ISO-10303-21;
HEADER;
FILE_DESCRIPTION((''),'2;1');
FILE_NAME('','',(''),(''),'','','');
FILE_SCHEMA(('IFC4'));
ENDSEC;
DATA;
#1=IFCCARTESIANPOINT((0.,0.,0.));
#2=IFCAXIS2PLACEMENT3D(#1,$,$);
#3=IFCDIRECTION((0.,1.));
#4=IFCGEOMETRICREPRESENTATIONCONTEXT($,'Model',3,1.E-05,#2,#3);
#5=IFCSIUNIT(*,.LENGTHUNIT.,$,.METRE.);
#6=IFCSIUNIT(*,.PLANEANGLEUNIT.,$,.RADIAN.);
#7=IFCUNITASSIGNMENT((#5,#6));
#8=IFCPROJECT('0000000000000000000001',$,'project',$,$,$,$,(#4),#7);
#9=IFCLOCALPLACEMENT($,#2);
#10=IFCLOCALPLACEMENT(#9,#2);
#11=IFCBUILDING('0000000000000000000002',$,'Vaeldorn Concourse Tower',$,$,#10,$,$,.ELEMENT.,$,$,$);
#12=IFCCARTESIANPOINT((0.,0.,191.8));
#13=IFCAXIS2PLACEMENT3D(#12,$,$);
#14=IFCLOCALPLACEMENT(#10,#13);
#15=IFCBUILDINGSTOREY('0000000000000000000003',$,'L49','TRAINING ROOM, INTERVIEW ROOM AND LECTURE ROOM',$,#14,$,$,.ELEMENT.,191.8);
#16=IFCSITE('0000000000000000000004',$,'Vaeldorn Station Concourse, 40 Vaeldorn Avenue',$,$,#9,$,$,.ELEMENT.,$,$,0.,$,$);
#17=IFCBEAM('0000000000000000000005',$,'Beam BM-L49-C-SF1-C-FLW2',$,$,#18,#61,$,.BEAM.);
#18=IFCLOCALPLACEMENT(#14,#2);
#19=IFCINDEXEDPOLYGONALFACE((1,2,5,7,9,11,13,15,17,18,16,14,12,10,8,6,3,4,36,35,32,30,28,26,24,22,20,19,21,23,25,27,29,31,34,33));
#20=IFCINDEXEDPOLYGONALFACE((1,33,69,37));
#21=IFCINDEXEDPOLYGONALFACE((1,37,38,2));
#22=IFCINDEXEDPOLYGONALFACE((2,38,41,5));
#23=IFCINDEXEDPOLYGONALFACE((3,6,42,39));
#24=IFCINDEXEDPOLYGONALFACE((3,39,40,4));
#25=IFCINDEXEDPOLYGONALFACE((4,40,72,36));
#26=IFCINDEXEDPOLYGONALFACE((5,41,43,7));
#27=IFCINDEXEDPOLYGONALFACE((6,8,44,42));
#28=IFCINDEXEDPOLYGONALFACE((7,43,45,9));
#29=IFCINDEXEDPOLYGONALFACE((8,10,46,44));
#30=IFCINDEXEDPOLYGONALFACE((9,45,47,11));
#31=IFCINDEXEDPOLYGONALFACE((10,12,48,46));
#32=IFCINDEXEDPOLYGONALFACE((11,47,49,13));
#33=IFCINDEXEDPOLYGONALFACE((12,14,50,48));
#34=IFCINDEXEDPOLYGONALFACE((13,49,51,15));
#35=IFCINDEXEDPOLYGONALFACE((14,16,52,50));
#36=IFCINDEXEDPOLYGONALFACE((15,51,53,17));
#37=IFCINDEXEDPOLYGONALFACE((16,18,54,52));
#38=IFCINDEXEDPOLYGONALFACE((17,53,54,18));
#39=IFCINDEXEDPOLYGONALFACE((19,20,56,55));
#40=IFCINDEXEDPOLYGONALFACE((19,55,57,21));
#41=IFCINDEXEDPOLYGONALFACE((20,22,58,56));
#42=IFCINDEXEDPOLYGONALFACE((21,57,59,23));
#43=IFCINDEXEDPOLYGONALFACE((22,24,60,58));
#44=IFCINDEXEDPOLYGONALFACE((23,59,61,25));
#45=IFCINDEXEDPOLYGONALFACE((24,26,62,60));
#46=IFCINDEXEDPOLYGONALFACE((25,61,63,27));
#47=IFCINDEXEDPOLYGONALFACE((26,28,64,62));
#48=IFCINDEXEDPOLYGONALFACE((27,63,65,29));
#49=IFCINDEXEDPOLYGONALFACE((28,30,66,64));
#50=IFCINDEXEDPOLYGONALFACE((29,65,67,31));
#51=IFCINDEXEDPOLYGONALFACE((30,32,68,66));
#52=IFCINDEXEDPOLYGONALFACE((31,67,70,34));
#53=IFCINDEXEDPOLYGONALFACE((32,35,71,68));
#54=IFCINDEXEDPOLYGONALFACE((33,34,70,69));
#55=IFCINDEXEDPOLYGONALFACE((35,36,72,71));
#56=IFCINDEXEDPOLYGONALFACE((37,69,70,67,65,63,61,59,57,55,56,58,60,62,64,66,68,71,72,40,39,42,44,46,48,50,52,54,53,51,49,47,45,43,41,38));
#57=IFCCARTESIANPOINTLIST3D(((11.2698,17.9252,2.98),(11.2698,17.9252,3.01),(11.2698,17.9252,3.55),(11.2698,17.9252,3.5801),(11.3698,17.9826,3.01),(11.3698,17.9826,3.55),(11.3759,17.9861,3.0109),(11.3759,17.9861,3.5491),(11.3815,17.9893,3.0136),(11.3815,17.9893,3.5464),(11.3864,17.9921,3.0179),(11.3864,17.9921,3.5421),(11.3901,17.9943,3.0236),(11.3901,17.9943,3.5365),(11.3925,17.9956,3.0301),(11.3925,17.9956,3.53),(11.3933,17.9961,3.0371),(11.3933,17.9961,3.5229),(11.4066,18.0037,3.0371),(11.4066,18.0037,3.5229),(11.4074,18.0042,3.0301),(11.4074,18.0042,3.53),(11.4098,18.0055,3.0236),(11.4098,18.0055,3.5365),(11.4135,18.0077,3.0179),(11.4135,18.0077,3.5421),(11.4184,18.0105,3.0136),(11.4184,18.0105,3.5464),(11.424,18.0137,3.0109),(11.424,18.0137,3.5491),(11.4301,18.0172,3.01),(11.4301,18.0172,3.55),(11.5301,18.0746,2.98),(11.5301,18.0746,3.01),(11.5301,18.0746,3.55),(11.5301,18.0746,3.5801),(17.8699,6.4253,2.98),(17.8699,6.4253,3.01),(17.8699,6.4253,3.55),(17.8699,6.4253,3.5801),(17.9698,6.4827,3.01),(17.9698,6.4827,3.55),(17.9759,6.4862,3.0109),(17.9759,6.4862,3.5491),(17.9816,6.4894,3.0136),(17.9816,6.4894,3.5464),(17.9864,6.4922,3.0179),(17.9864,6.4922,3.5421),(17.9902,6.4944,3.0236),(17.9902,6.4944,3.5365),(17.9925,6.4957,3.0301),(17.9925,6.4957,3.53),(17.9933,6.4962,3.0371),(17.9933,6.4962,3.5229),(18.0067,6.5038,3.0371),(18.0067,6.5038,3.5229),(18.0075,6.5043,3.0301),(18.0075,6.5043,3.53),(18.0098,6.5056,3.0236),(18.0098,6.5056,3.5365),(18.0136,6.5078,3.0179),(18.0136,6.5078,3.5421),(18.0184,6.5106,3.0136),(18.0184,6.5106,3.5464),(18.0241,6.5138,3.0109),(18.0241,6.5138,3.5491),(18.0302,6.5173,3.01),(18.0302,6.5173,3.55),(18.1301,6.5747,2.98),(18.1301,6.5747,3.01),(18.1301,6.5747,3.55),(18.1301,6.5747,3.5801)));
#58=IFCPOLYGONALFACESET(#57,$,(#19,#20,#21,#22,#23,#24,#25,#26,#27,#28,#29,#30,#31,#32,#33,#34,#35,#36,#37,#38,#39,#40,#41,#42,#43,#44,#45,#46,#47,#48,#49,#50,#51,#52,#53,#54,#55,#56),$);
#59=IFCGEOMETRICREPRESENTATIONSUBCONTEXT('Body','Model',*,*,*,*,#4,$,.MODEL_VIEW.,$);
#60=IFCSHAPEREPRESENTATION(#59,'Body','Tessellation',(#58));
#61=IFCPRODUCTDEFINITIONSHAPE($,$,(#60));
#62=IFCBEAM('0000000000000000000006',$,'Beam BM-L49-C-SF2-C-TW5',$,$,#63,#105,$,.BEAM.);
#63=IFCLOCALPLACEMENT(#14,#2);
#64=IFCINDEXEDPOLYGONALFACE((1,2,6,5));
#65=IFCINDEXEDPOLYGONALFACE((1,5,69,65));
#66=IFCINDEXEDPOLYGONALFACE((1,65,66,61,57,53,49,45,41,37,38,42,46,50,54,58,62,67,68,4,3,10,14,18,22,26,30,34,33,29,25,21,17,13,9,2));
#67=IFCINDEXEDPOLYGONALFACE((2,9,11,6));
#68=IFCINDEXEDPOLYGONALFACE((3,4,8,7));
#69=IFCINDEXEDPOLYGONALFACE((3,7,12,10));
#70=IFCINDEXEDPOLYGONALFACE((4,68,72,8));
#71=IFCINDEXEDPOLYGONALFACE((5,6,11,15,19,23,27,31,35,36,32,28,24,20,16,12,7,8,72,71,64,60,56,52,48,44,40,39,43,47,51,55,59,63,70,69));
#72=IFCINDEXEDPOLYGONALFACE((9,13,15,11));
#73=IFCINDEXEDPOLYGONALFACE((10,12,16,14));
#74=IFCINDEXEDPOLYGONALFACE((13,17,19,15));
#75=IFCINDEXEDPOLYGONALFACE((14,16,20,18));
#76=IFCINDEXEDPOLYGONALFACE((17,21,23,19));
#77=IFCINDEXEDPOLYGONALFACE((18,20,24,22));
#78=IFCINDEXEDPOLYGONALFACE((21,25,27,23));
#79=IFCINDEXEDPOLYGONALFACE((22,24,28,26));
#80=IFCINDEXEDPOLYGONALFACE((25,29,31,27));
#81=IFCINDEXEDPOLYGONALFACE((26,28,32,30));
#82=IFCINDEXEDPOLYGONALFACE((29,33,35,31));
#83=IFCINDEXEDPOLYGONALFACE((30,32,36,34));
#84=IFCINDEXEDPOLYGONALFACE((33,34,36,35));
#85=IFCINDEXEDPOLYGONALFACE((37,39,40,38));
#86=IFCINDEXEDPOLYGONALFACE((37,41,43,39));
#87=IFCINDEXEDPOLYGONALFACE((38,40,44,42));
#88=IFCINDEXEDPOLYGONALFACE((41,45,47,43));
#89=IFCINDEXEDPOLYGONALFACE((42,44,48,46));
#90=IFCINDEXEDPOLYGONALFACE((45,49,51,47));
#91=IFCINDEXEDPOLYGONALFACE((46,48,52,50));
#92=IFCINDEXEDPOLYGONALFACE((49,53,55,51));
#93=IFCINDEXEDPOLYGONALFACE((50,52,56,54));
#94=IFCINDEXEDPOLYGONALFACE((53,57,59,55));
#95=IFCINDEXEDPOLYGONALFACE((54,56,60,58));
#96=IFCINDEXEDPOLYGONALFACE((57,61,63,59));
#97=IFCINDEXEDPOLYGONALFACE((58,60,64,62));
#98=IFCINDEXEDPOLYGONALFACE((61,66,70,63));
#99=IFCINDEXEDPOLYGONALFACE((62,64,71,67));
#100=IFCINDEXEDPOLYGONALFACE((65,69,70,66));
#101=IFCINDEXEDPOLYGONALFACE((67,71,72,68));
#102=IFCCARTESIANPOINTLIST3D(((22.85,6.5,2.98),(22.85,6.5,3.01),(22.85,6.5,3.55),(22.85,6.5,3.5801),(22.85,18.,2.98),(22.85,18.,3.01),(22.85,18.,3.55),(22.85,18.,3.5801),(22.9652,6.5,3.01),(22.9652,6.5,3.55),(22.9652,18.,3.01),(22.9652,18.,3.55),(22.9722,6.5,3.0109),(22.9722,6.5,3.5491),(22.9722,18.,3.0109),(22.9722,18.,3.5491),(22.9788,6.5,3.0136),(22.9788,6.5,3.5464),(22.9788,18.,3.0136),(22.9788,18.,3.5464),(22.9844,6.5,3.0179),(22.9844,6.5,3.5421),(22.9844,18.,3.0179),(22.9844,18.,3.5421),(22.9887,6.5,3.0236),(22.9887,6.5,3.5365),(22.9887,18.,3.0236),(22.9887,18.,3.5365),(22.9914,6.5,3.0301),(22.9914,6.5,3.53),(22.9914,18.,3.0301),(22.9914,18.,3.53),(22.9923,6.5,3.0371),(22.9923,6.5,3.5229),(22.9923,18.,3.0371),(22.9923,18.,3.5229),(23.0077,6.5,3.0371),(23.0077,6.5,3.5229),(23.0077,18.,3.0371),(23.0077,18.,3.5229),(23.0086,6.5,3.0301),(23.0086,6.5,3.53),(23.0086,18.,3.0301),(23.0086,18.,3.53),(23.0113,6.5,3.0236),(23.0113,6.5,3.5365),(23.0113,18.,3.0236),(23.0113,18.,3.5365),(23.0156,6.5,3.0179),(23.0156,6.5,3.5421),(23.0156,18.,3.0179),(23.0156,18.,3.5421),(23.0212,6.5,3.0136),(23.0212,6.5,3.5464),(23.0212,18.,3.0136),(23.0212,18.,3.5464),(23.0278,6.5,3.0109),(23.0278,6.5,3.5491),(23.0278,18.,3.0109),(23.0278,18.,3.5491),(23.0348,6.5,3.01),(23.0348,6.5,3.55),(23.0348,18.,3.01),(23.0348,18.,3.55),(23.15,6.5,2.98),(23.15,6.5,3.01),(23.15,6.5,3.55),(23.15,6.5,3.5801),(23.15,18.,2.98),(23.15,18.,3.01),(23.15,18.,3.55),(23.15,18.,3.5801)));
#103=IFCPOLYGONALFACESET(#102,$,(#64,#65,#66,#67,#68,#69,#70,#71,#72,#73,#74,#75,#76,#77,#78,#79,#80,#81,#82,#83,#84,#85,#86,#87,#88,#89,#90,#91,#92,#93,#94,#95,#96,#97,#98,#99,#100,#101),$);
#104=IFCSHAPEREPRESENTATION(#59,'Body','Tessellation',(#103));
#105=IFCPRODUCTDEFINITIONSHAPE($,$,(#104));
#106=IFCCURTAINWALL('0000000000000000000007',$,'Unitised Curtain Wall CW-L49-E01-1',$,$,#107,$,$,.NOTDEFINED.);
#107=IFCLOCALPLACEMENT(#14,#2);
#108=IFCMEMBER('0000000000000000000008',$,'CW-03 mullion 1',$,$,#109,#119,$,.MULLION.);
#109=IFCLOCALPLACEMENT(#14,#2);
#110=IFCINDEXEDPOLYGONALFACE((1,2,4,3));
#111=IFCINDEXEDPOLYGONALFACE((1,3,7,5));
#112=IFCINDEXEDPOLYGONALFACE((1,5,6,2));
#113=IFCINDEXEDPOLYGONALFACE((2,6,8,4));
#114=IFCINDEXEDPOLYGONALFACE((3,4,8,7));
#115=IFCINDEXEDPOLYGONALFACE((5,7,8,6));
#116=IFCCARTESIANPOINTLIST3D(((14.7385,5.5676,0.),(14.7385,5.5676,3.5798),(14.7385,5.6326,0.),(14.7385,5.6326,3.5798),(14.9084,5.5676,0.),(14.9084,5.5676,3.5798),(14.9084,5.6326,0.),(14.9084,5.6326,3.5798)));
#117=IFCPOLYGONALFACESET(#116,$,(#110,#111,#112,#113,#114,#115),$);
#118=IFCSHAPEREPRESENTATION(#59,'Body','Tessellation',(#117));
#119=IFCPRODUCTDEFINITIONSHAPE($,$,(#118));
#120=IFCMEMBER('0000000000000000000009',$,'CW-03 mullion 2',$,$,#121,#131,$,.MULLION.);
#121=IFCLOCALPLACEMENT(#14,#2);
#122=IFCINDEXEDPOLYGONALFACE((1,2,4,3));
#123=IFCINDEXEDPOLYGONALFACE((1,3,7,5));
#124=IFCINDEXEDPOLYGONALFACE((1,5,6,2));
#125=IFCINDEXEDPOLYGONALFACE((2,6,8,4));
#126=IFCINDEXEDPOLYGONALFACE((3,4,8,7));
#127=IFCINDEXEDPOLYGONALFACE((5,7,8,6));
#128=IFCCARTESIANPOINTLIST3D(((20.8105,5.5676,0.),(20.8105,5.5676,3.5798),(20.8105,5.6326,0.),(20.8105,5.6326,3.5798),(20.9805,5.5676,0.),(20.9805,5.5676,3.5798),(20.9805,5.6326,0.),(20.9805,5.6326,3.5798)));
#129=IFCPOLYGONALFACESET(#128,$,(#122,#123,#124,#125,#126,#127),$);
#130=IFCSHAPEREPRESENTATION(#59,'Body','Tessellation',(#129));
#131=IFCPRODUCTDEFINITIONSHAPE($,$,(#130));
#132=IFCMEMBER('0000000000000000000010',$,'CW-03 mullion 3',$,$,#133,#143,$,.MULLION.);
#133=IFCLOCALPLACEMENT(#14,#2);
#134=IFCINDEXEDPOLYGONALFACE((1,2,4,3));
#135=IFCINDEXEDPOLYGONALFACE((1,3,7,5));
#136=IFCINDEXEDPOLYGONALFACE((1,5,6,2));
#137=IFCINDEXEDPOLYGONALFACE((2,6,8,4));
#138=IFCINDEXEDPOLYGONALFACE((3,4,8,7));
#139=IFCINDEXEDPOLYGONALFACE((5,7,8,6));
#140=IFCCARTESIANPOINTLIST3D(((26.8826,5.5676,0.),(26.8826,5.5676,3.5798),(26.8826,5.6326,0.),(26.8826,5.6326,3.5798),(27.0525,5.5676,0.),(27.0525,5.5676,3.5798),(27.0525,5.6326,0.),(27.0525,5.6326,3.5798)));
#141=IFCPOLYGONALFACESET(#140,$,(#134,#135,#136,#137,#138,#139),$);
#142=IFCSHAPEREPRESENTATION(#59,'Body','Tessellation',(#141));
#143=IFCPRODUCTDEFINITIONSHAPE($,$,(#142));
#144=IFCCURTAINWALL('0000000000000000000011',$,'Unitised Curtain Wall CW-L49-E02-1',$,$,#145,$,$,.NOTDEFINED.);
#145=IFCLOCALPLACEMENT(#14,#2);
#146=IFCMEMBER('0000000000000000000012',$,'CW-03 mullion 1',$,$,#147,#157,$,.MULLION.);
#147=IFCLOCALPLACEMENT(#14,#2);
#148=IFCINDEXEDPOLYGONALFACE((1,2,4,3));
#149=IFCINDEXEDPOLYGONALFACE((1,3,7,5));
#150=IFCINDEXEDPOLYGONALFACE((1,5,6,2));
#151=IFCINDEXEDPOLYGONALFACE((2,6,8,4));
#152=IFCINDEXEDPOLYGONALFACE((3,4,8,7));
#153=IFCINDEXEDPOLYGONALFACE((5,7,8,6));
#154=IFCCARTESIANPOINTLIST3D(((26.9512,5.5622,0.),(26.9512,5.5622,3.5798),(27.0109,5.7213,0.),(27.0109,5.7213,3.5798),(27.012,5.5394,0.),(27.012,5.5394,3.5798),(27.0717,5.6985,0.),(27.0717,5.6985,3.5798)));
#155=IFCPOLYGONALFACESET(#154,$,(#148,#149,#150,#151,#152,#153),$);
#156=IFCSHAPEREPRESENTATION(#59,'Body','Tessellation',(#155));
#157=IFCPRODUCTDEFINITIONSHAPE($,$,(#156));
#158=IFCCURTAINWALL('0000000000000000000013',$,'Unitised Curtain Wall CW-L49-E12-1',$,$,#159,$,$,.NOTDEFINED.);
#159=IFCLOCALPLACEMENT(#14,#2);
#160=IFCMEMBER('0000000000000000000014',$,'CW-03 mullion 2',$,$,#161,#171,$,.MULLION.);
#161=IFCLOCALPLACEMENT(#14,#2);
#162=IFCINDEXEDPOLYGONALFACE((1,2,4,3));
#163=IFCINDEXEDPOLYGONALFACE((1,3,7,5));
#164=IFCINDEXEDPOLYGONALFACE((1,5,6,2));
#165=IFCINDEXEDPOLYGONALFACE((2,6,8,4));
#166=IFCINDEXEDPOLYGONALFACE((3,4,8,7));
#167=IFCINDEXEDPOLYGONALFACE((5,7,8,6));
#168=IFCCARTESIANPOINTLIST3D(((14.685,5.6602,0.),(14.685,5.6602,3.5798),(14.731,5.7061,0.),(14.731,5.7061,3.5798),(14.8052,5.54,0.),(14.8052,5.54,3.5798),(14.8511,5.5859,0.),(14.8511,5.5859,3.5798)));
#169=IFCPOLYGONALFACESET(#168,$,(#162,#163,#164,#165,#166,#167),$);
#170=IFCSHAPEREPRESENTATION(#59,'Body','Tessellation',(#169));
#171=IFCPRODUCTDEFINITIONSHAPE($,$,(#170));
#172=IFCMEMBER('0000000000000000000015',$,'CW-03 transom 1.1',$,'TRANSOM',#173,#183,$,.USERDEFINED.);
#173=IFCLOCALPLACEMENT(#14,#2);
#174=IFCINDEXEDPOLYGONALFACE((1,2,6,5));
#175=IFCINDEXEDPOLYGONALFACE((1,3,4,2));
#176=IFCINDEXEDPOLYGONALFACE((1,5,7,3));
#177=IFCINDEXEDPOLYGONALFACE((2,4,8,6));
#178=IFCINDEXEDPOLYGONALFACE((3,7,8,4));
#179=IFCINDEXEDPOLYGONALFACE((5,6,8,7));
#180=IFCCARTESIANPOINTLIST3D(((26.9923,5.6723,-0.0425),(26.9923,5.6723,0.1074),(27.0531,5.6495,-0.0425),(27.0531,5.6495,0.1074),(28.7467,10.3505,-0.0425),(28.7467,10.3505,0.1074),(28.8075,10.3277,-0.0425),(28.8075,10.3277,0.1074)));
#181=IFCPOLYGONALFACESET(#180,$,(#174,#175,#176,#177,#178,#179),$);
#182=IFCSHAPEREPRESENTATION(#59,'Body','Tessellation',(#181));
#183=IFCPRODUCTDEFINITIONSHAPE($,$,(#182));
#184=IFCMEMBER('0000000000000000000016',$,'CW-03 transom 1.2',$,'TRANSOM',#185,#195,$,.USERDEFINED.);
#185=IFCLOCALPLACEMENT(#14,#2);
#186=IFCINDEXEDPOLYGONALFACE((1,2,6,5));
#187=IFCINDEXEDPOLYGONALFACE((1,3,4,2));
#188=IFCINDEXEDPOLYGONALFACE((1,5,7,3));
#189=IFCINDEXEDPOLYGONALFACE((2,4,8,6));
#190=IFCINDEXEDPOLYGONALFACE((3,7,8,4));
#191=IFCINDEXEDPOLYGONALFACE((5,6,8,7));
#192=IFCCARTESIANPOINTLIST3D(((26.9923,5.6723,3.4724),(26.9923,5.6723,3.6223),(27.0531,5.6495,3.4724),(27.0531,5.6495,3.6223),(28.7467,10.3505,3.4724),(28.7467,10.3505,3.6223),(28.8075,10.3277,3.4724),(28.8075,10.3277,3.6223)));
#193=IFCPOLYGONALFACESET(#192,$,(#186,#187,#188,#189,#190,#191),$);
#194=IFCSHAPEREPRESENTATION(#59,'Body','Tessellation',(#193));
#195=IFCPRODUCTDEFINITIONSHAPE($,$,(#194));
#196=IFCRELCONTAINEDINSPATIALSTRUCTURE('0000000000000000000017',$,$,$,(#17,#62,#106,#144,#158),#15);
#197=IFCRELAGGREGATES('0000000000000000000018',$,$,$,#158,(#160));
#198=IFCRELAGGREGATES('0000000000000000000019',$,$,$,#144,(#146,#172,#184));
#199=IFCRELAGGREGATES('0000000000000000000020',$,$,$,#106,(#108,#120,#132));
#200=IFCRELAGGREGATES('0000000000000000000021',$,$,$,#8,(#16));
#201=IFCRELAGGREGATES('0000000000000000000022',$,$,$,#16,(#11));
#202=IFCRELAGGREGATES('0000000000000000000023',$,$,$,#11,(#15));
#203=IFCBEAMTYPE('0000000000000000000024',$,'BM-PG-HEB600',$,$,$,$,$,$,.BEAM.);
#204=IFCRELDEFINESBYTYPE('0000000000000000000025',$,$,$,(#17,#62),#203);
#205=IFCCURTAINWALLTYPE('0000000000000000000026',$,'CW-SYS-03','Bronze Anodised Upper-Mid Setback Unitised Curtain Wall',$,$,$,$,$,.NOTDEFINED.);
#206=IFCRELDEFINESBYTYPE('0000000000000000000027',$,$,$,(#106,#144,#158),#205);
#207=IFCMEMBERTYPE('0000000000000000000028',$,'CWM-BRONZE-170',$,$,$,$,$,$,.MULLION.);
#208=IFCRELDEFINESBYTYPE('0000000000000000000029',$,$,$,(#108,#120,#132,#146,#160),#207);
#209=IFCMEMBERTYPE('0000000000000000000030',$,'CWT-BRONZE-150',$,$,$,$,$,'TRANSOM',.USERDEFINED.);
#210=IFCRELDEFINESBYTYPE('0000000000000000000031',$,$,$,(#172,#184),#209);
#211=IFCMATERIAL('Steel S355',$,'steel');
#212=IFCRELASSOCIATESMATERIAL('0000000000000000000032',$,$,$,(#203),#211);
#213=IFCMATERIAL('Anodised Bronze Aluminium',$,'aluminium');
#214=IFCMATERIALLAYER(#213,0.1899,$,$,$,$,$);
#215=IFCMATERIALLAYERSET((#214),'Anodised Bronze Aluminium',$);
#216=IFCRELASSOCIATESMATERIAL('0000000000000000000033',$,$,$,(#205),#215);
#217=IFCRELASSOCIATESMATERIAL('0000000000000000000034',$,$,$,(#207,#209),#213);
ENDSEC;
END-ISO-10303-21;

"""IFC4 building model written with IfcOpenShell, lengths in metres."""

from ifc_helpers import new_model, si_unit, direction, frame, origin, origin_2d, place, context, subcontext, project, spatial, rectangle, i_section, extrude, source, transform, mapped, material, layer, layer_set, material_profile, profile_set, type_object, element, aggregate, save


model = new_model("IFC4")

# Units and contexts
model_context = context("Model", 3, precision=1e-05, world=origin(), true_north=direction((0.0, 1.0)))
body_context = subcontext(model_context, "Body", "Model", "MODEL_VIEW")
ifc_project = project(units=[si_unit("LENGTHUNIT", "METRE"), si_unit("PLANEANGLEUNIT", "RADIAN")], contexts=[model_context])

# Site, building, storey
site_placement = place(None, origin())
site = spatial("IfcSite", under=ifc_project, at=site_placement, Name="Vaeldorn Station Concourse, 40 Vaeldorn Avenue", CompositionType="ELEMENT", RefElevation=0.0)
building_placement = place(site_placement, origin())
building = spatial("IfcBuilding", under=site, at=building_placement, Name="Vaeldorn Concourse Tower", CompositionType="ELEMENT")
storey_placement = place(building_placement, frame((0.0, 0.0, 191.8)))
storey = spatial("IfcBuildingStorey", under=building, at=storey_placement, Name="L49", Description="TRAINING ROOM, INTERVIEW ROOM AND LECTURE ROOM", CompositionType="ELEMENT", Elevation=191.8)

# Shared definitions
ifc_material_1 = material(Name="Steel S355", Category="steel")

# Beams
ifc_material_profile_1 = material_profile(ifc_material_1, i_section(OverallWidth=0.3, OverallDepth=0.6001, WebThickness=0.0154, FlangeThickness=0.03, FilletRadius=0.0271, at=origin_2d()), Name="HEB 600")
ifc_profile_set_1 = profile_set([ifc_material_profile_1], Name="Steel S355")
beam_type_1 = type_object("IfcBeamType", Name="BM-PG-HEB600", PredefinedType="BEAM", material=ifc_profile_set_1)
shared_shape_1 = source(origin(), body_context, "Body", "SweptSolid", [
    extrude(i_section(OverallWidth=0.3, OverallDepth=0.6001, WebThickness=0.0154, FlangeThickness=0.03, FilletRadius=0.0271, at=origin_2d()), origin(), (0.0, 0.0, 1.0), 13.2593),
])
beam_1_placement = place(storey_placement, frame((18.0, 6.5, 3.28), z_axis=(-0.497768, 0.86731, 0.0), x_axis=(-0.86731, -0.497768, 0.0)))
element("IfcBeam", 1, at=beam_1_placement, inside=storey, type_object=beam_type_1, Name="Beam BM-L49-C-SF1-C-FLW2", PredefinedType="BEAM", context=body_context, shape_type="MappedRepresentation", body=[
    mapped(shared_shape_1, transform((0.0, 0.0, 0.0), scale=1.0)),
])
shared_shape_2 = source(origin(), body_context, "Body", "SweptSolid", [
    extrude(i_section(OverallWidth=0.3, OverallDepth=0.6001, WebThickness=0.0154, FlangeThickness=0.03, FilletRadius=0.0271, at=origin_2d()), origin(), (0.0, 0.0, 1.0), 11.5),
])
beam_2_placement = place(storey_placement, frame((23.0, 6.5, 3.28), z_axis=(0.0, 1.0, 0.0), x_axis=(-1.0, 0.0, 0.0)))
element("IfcBeam", 2, at=beam_2_placement, inside=storey, type_object=beam_type_1, Name="Beam BM-L49-C-SF2-C-TW5", PredefinedType="BEAM", context=body_context, shape_type="MappedRepresentation", body=[
    mapped(shared_shape_2, transform((0.0, 0.0, 0.0), scale=1.0)),
])

# Curtain wall, members
ifc_material_2 = material(Name="Anodised Bronze Aluminium", Category="aluminium")
ifc_layer_1 = layer(ifc_material_2, 0.1899)
ifc_layer_set_1 = layer_set([ifc_layer_1], Name="Anodised Bronze Aluminium")
curtain_wall_type = type_object("IfcCurtainWallType", Name="CW-SYS-03", Description="Bronze Anodised Upper-Mid Setback Unitised Curtain Wall", PredefinedType="NOTDEFINED", material=ifc_layer_set_1)
curtain_wall_1_placement = place(storey_placement, origin())
curtain_wall_1 = element("IfcCurtainWall", 3, at=curtain_wall_1_placement, inside=storey, type_object=curtain_wall_type, Name="Unitised Curtain Wall CW-L49-E01-1", PredefinedType="NOTDEFINED")
ifc_material_profile_2 = material_profile(ifc_material_2, rectangle(XDim=0.0649, YDim=0.1699, at=origin_2d()), Name="CWM 65x170")
ifc_profile_set_2 = profile_set([ifc_material_profile_2], Name="Anodised Bronze Aluminium")
member_type_1 = type_object("IfcMemberType", Name="CWM-BRONZE-170", PredefinedType="MULLION", material=ifc_profile_set_2)
shared_shape_3 = source(origin(), body_context, "Body", "SweptSolid", [
    extrude(rectangle(XDim=0.0649, YDim=0.1699, at=origin_2d()), origin(), (0.0, 0.0, 1.0), 3.5798),
])
member_1_placement = place(storey_placement, frame((14.8235, 5.6001, 0.0), z_axis=(0.0, 0.0, 1.0), x_axis=(0.0, 1.0, 0.0)))
member_1 = element("IfcMember", 4, at=member_1_placement, type_object=member_type_1, Name="CW-03 mullion 1", PredefinedType="MULLION", context=body_context, shape_type="MappedRepresentation", body=[
    mapped(shared_shape_3, transform((0.0, 0.0, 0.0), scale=1.0)),
])
member_2_placement = place(storey_placement, frame((20.8955, 5.6001, 0.0), z_axis=(0.0, 0.0, 1.0), x_axis=(0.0, 1.0, 0.0)))
member_2 = element("IfcMember", 5, at=member_2_placement, type_object=member_type_1, Name="CW-03 mullion 2", PredefinedType="MULLION", context=body_context, shape_type="MappedRepresentation", body=[
    mapped(shared_shape_3, transform((0.0, 0.0, 0.0), scale=1.0)),
])
member_3_placement = place(storey_placement, frame((26.9675, 5.6001, 0.0), z_axis=(0.0, 0.0, 1.0), x_axis=(0.0, 1.0, 0.0)))
member_3 = element("IfcMember", 6, at=member_3_placement, type_object=member_type_1, Name="CW-03 mullion 3", PredefinedType="MULLION", context=body_context, shape_type="MappedRepresentation", body=[
    mapped(shared_shape_3, transform((0.0, 0.0, 0.0), scale=1.0)),
])

# Curtain walls, members
curtain_wall_2_placement = place(storey_placement, origin())
curtain_wall_2 = element("IfcCurtainWall", 7, at=curtain_wall_2_placement, inside=storey, type_object=curtain_wall_type, Name="Unitised Curtain Wall CW-L49-E02-1", PredefinedType="NOTDEFINED")
member_4_placement = place(storey_placement, frame((27.0115, 5.6304, 0.0), z_axis=(0.0, 0.0, 1.0), x_axis=(-0.936329, 0.351123, 0.0)))
member_4 = element("IfcMember", 8, at=member_4_placement, type_object=member_type_1, Name="CW-03 mullion 1", PredefinedType="MULLION", context=body_context, shape_type="MappedRepresentation", body=[
    mapped(shared_shape_3, transform((0.0, 0.0, 0.0), scale=1.0)),
])
curtain_wall_3_placement = place(storey_placement, origin())
curtain_wall_3 = element("IfcCurtainWall", 9, at=curtain_wall_3_placement, inside=storey, type_object=curtain_wall_type, Name="Unitised Curtain Wall CW-L49-E12-1", PredefinedType="NOTDEFINED")
member_5_placement = place(storey_placement, frame((14.7681, 5.623, 0.0), z_axis=(0.0, 0.0, 1.0), x_axis=(0.707107, 0.707107, 0.0)))
member_5 = element("IfcMember", 10, at=member_5_placement, type_object=member_type_1, Name="CW-03 mullion 2", PredefinedType="MULLION", context=body_context, shape_type="MappedRepresentation", body=[
    mapped(shared_shape_3, transform((0.0, 0.0, 0.0), scale=1.0)),
])
aggregate(curtain_wall_3, [member_5])

# Members
ifc_material_profile_3 = material_profile(ifc_material_2, rectangle(XDim=0.0649, YDim=0.1499, at=origin_2d()), Name="CWT 65x150")
ifc_profile_set_3 = profile_set([ifc_material_profile_3], Name="Anodised Bronze Aluminium")
member_type_2 = type_object("IfcMemberType", Name="CWT-BRONZE-150", ElementType="TRANSOM", PredefinedType="USERDEFINED", material=ifc_profile_set_3)
shared_shape_4 = source(origin(), body_context, "Body", "SweptSolid", [
    extrude(rectangle(XDim=0.0649, YDim=0.1499, at=origin_2d()), origin(), (0.0, 0.0, 1.0), 4.9963),
])
member_6_placement = place(storey_placement, frame((27.0227, 5.6609, 0.0325), z_axis=(0.351134, 0.936325, 0.0), x_axis=(-0.936325, 0.351134, 0.0)))
member_6 = element("IfcMember", 11, at=member_6_placement, type_object=member_type_2, Name="CW-03 transom 1.1", ObjectType="TRANSOM", PredefinedType="USERDEFINED", context=body_context, shape_type="MappedRepresentation", body=[
    mapped(shared_shape_4, transform((0.0, 0.0, 0.0), scale=1.0)),
])
member_7_placement = place(storey_placement, frame((27.0227, 5.6609, 3.5474), z_axis=(0.351134, 0.936325, 0.0), x_axis=(-0.936325, 0.351134, 0.0)))
member_7 = element("IfcMember", 12, at=member_7_placement, type_object=member_type_2, Name="CW-03 transom 1.2", ObjectType="TRANSOM", PredefinedType="USERDEFINED", context=body_context, shape_type="MappedRepresentation", body=[
    mapped(shared_shape_4, transform((0.0, 0.0, 0.0), scale=1.0)),
])
aggregate(curtain_wall_2, [member_4, member_6, member_7])

aggregate(curtain_wall_1, [member_1, member_2, member_3])

save(model, "model.ifc")
